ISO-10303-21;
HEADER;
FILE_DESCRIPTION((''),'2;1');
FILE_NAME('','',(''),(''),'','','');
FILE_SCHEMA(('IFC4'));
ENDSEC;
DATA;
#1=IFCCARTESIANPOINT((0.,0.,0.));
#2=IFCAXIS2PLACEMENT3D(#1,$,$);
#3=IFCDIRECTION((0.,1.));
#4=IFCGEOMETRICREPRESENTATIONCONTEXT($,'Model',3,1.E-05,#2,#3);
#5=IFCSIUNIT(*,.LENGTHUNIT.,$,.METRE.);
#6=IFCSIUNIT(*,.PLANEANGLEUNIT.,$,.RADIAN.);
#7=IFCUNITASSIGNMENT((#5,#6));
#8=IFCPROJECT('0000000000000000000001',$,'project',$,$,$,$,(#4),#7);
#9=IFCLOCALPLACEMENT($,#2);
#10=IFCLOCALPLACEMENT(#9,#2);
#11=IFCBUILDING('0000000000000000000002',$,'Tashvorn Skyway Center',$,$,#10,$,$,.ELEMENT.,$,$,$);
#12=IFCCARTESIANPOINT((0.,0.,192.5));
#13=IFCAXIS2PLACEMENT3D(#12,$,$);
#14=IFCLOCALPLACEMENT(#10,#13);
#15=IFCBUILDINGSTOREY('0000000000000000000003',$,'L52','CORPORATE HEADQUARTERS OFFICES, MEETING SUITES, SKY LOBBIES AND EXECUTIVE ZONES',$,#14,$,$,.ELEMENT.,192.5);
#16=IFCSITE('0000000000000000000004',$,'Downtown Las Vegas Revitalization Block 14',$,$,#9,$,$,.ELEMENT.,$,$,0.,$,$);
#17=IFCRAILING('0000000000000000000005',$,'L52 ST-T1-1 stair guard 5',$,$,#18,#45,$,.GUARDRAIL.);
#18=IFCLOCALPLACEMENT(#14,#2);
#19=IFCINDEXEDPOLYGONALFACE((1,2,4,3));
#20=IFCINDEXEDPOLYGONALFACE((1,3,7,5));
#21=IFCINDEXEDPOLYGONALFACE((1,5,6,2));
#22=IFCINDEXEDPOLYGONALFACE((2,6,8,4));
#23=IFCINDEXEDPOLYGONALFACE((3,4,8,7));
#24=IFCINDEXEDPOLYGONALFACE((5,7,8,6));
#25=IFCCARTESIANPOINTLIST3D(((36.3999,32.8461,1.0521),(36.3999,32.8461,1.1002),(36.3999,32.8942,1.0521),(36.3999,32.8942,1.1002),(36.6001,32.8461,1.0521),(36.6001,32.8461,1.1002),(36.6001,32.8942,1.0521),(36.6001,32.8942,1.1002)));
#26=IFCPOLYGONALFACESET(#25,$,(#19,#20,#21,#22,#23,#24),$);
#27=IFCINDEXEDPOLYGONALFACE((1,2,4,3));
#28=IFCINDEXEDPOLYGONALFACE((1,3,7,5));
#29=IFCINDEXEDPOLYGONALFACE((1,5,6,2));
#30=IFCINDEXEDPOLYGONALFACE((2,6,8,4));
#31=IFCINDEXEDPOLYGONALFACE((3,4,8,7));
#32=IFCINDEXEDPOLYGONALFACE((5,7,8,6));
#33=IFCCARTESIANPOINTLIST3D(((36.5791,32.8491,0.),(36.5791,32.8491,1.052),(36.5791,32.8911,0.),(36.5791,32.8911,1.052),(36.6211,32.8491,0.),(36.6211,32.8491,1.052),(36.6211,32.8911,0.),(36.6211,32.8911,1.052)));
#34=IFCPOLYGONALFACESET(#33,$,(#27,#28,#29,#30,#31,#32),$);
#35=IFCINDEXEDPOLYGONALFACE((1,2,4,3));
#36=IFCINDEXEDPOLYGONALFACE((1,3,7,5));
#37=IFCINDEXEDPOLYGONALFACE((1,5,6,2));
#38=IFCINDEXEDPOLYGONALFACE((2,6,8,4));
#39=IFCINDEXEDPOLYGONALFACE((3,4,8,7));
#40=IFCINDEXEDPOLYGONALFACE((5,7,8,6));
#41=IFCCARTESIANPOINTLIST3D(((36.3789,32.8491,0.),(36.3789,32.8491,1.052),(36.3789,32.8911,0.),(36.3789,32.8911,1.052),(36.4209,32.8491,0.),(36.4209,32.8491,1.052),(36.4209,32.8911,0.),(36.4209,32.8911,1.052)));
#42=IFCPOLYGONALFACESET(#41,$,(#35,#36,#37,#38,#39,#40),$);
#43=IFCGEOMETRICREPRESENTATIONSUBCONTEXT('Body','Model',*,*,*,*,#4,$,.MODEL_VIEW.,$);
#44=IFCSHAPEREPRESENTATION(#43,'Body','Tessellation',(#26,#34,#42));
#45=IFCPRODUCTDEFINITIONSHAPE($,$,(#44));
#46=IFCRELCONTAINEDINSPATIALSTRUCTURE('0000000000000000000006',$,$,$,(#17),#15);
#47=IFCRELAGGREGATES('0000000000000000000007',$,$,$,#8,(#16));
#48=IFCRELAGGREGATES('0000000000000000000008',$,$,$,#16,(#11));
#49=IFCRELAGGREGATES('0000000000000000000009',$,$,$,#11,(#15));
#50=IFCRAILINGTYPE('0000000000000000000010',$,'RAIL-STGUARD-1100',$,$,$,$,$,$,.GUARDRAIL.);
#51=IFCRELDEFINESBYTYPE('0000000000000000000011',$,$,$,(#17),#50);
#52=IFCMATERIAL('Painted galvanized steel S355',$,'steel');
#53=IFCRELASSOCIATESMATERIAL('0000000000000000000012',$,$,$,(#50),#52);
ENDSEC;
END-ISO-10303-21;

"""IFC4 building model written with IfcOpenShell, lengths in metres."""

from ifc_helpers import new_model, si_unit, direction, frame, origin, origin_2d, place, context, subcontext, project, spatial, rectangle, extrude, material, type_object, element, save


model = new_model("IFC4")

# Units and contexts
model_context = context("Model", 3, precision=1e-05, world=origin(), true_north=direction((0.0, 1.0)))
body_context = subcontext(model_context, "Body", "Model", "MODEL_VIEW")
ifc_project = project(units=[si_unit("LENGTHUNIT", "METRE"), si_unit("PLANEANGLEUNIT", "RADIAN")], contexts=[model_context])

# Site, building, storey
site_placement = place(None, origin())
site = spatial("IfcSite", under=ifc_project, at=site_placement, Name="Downtown Las Vegas Revitalization Block 14", CompositionType="ELEMENT", RefElevation=0.0)
building_placement = place(site_placement, origin())
building = spatial("IfcBuilding", under=site, at=building_placement, Name="Tashvorn Skyway Center", CompositionType="ELEMENT")
storey_placement = place(building_placement, frame((0.0, 0.0, 192.5)))
storey = spatial("IfcBuildingStorey", under=building, at=storey_placement, Name="L52", Description="CORPORATE HEADQUARTERS OFFICES, MEETING SUITES, SKY LOBBIES AND EXECUTIVE ZONES", CompositionType="ELEMENT", Elevation=192.5)

# Railing
ifc_material_1 = material(Name="Painted galvanized steel S355", Category="steel")
railing_type_1 = type_object("IfcRailingType", Name="RAIL-STGUARD-1100", PredefinedType="GUARDRAIL", material=ifc_material_1)
for number, where, name in (
    (1, (36.6001, 32.8701, 0.0), "L52 ST-T1-1 stair guard 5"),
):
    element("IfcRailing", number, at=place(storey_placement, frame(where)), inside=storey, type_object=railing_type_1, Name=name, PredefinedType="GUARDRAIL", context=body_context, shape_type="SweptSolid", body=[
        extrude(rectangle(XDim=0.0481, YDim=0.0481, at=origin_2d()), frame((0.0, 0.0, 1.0762), z_axis=(-1.0, 0.0, 0.0), x_axis=(0.0, -1.0, 0.0)), (0.0, 0.0, 1.0), 0.2002),
        extrude(rectangle(XDim=0.042, YDim=0.042, at=origin_2d()), origin(), (0.0, 0.0, 1.0), 1.052),
        extrude(rectangle(XDim=0.042, YDim=0.042, at=origin_2d()), frame((-0.2002, 0.0, 0.0)), (0.0, 0.0, 1.0), 1.052),
    ])

save(model, "model.ifc")
